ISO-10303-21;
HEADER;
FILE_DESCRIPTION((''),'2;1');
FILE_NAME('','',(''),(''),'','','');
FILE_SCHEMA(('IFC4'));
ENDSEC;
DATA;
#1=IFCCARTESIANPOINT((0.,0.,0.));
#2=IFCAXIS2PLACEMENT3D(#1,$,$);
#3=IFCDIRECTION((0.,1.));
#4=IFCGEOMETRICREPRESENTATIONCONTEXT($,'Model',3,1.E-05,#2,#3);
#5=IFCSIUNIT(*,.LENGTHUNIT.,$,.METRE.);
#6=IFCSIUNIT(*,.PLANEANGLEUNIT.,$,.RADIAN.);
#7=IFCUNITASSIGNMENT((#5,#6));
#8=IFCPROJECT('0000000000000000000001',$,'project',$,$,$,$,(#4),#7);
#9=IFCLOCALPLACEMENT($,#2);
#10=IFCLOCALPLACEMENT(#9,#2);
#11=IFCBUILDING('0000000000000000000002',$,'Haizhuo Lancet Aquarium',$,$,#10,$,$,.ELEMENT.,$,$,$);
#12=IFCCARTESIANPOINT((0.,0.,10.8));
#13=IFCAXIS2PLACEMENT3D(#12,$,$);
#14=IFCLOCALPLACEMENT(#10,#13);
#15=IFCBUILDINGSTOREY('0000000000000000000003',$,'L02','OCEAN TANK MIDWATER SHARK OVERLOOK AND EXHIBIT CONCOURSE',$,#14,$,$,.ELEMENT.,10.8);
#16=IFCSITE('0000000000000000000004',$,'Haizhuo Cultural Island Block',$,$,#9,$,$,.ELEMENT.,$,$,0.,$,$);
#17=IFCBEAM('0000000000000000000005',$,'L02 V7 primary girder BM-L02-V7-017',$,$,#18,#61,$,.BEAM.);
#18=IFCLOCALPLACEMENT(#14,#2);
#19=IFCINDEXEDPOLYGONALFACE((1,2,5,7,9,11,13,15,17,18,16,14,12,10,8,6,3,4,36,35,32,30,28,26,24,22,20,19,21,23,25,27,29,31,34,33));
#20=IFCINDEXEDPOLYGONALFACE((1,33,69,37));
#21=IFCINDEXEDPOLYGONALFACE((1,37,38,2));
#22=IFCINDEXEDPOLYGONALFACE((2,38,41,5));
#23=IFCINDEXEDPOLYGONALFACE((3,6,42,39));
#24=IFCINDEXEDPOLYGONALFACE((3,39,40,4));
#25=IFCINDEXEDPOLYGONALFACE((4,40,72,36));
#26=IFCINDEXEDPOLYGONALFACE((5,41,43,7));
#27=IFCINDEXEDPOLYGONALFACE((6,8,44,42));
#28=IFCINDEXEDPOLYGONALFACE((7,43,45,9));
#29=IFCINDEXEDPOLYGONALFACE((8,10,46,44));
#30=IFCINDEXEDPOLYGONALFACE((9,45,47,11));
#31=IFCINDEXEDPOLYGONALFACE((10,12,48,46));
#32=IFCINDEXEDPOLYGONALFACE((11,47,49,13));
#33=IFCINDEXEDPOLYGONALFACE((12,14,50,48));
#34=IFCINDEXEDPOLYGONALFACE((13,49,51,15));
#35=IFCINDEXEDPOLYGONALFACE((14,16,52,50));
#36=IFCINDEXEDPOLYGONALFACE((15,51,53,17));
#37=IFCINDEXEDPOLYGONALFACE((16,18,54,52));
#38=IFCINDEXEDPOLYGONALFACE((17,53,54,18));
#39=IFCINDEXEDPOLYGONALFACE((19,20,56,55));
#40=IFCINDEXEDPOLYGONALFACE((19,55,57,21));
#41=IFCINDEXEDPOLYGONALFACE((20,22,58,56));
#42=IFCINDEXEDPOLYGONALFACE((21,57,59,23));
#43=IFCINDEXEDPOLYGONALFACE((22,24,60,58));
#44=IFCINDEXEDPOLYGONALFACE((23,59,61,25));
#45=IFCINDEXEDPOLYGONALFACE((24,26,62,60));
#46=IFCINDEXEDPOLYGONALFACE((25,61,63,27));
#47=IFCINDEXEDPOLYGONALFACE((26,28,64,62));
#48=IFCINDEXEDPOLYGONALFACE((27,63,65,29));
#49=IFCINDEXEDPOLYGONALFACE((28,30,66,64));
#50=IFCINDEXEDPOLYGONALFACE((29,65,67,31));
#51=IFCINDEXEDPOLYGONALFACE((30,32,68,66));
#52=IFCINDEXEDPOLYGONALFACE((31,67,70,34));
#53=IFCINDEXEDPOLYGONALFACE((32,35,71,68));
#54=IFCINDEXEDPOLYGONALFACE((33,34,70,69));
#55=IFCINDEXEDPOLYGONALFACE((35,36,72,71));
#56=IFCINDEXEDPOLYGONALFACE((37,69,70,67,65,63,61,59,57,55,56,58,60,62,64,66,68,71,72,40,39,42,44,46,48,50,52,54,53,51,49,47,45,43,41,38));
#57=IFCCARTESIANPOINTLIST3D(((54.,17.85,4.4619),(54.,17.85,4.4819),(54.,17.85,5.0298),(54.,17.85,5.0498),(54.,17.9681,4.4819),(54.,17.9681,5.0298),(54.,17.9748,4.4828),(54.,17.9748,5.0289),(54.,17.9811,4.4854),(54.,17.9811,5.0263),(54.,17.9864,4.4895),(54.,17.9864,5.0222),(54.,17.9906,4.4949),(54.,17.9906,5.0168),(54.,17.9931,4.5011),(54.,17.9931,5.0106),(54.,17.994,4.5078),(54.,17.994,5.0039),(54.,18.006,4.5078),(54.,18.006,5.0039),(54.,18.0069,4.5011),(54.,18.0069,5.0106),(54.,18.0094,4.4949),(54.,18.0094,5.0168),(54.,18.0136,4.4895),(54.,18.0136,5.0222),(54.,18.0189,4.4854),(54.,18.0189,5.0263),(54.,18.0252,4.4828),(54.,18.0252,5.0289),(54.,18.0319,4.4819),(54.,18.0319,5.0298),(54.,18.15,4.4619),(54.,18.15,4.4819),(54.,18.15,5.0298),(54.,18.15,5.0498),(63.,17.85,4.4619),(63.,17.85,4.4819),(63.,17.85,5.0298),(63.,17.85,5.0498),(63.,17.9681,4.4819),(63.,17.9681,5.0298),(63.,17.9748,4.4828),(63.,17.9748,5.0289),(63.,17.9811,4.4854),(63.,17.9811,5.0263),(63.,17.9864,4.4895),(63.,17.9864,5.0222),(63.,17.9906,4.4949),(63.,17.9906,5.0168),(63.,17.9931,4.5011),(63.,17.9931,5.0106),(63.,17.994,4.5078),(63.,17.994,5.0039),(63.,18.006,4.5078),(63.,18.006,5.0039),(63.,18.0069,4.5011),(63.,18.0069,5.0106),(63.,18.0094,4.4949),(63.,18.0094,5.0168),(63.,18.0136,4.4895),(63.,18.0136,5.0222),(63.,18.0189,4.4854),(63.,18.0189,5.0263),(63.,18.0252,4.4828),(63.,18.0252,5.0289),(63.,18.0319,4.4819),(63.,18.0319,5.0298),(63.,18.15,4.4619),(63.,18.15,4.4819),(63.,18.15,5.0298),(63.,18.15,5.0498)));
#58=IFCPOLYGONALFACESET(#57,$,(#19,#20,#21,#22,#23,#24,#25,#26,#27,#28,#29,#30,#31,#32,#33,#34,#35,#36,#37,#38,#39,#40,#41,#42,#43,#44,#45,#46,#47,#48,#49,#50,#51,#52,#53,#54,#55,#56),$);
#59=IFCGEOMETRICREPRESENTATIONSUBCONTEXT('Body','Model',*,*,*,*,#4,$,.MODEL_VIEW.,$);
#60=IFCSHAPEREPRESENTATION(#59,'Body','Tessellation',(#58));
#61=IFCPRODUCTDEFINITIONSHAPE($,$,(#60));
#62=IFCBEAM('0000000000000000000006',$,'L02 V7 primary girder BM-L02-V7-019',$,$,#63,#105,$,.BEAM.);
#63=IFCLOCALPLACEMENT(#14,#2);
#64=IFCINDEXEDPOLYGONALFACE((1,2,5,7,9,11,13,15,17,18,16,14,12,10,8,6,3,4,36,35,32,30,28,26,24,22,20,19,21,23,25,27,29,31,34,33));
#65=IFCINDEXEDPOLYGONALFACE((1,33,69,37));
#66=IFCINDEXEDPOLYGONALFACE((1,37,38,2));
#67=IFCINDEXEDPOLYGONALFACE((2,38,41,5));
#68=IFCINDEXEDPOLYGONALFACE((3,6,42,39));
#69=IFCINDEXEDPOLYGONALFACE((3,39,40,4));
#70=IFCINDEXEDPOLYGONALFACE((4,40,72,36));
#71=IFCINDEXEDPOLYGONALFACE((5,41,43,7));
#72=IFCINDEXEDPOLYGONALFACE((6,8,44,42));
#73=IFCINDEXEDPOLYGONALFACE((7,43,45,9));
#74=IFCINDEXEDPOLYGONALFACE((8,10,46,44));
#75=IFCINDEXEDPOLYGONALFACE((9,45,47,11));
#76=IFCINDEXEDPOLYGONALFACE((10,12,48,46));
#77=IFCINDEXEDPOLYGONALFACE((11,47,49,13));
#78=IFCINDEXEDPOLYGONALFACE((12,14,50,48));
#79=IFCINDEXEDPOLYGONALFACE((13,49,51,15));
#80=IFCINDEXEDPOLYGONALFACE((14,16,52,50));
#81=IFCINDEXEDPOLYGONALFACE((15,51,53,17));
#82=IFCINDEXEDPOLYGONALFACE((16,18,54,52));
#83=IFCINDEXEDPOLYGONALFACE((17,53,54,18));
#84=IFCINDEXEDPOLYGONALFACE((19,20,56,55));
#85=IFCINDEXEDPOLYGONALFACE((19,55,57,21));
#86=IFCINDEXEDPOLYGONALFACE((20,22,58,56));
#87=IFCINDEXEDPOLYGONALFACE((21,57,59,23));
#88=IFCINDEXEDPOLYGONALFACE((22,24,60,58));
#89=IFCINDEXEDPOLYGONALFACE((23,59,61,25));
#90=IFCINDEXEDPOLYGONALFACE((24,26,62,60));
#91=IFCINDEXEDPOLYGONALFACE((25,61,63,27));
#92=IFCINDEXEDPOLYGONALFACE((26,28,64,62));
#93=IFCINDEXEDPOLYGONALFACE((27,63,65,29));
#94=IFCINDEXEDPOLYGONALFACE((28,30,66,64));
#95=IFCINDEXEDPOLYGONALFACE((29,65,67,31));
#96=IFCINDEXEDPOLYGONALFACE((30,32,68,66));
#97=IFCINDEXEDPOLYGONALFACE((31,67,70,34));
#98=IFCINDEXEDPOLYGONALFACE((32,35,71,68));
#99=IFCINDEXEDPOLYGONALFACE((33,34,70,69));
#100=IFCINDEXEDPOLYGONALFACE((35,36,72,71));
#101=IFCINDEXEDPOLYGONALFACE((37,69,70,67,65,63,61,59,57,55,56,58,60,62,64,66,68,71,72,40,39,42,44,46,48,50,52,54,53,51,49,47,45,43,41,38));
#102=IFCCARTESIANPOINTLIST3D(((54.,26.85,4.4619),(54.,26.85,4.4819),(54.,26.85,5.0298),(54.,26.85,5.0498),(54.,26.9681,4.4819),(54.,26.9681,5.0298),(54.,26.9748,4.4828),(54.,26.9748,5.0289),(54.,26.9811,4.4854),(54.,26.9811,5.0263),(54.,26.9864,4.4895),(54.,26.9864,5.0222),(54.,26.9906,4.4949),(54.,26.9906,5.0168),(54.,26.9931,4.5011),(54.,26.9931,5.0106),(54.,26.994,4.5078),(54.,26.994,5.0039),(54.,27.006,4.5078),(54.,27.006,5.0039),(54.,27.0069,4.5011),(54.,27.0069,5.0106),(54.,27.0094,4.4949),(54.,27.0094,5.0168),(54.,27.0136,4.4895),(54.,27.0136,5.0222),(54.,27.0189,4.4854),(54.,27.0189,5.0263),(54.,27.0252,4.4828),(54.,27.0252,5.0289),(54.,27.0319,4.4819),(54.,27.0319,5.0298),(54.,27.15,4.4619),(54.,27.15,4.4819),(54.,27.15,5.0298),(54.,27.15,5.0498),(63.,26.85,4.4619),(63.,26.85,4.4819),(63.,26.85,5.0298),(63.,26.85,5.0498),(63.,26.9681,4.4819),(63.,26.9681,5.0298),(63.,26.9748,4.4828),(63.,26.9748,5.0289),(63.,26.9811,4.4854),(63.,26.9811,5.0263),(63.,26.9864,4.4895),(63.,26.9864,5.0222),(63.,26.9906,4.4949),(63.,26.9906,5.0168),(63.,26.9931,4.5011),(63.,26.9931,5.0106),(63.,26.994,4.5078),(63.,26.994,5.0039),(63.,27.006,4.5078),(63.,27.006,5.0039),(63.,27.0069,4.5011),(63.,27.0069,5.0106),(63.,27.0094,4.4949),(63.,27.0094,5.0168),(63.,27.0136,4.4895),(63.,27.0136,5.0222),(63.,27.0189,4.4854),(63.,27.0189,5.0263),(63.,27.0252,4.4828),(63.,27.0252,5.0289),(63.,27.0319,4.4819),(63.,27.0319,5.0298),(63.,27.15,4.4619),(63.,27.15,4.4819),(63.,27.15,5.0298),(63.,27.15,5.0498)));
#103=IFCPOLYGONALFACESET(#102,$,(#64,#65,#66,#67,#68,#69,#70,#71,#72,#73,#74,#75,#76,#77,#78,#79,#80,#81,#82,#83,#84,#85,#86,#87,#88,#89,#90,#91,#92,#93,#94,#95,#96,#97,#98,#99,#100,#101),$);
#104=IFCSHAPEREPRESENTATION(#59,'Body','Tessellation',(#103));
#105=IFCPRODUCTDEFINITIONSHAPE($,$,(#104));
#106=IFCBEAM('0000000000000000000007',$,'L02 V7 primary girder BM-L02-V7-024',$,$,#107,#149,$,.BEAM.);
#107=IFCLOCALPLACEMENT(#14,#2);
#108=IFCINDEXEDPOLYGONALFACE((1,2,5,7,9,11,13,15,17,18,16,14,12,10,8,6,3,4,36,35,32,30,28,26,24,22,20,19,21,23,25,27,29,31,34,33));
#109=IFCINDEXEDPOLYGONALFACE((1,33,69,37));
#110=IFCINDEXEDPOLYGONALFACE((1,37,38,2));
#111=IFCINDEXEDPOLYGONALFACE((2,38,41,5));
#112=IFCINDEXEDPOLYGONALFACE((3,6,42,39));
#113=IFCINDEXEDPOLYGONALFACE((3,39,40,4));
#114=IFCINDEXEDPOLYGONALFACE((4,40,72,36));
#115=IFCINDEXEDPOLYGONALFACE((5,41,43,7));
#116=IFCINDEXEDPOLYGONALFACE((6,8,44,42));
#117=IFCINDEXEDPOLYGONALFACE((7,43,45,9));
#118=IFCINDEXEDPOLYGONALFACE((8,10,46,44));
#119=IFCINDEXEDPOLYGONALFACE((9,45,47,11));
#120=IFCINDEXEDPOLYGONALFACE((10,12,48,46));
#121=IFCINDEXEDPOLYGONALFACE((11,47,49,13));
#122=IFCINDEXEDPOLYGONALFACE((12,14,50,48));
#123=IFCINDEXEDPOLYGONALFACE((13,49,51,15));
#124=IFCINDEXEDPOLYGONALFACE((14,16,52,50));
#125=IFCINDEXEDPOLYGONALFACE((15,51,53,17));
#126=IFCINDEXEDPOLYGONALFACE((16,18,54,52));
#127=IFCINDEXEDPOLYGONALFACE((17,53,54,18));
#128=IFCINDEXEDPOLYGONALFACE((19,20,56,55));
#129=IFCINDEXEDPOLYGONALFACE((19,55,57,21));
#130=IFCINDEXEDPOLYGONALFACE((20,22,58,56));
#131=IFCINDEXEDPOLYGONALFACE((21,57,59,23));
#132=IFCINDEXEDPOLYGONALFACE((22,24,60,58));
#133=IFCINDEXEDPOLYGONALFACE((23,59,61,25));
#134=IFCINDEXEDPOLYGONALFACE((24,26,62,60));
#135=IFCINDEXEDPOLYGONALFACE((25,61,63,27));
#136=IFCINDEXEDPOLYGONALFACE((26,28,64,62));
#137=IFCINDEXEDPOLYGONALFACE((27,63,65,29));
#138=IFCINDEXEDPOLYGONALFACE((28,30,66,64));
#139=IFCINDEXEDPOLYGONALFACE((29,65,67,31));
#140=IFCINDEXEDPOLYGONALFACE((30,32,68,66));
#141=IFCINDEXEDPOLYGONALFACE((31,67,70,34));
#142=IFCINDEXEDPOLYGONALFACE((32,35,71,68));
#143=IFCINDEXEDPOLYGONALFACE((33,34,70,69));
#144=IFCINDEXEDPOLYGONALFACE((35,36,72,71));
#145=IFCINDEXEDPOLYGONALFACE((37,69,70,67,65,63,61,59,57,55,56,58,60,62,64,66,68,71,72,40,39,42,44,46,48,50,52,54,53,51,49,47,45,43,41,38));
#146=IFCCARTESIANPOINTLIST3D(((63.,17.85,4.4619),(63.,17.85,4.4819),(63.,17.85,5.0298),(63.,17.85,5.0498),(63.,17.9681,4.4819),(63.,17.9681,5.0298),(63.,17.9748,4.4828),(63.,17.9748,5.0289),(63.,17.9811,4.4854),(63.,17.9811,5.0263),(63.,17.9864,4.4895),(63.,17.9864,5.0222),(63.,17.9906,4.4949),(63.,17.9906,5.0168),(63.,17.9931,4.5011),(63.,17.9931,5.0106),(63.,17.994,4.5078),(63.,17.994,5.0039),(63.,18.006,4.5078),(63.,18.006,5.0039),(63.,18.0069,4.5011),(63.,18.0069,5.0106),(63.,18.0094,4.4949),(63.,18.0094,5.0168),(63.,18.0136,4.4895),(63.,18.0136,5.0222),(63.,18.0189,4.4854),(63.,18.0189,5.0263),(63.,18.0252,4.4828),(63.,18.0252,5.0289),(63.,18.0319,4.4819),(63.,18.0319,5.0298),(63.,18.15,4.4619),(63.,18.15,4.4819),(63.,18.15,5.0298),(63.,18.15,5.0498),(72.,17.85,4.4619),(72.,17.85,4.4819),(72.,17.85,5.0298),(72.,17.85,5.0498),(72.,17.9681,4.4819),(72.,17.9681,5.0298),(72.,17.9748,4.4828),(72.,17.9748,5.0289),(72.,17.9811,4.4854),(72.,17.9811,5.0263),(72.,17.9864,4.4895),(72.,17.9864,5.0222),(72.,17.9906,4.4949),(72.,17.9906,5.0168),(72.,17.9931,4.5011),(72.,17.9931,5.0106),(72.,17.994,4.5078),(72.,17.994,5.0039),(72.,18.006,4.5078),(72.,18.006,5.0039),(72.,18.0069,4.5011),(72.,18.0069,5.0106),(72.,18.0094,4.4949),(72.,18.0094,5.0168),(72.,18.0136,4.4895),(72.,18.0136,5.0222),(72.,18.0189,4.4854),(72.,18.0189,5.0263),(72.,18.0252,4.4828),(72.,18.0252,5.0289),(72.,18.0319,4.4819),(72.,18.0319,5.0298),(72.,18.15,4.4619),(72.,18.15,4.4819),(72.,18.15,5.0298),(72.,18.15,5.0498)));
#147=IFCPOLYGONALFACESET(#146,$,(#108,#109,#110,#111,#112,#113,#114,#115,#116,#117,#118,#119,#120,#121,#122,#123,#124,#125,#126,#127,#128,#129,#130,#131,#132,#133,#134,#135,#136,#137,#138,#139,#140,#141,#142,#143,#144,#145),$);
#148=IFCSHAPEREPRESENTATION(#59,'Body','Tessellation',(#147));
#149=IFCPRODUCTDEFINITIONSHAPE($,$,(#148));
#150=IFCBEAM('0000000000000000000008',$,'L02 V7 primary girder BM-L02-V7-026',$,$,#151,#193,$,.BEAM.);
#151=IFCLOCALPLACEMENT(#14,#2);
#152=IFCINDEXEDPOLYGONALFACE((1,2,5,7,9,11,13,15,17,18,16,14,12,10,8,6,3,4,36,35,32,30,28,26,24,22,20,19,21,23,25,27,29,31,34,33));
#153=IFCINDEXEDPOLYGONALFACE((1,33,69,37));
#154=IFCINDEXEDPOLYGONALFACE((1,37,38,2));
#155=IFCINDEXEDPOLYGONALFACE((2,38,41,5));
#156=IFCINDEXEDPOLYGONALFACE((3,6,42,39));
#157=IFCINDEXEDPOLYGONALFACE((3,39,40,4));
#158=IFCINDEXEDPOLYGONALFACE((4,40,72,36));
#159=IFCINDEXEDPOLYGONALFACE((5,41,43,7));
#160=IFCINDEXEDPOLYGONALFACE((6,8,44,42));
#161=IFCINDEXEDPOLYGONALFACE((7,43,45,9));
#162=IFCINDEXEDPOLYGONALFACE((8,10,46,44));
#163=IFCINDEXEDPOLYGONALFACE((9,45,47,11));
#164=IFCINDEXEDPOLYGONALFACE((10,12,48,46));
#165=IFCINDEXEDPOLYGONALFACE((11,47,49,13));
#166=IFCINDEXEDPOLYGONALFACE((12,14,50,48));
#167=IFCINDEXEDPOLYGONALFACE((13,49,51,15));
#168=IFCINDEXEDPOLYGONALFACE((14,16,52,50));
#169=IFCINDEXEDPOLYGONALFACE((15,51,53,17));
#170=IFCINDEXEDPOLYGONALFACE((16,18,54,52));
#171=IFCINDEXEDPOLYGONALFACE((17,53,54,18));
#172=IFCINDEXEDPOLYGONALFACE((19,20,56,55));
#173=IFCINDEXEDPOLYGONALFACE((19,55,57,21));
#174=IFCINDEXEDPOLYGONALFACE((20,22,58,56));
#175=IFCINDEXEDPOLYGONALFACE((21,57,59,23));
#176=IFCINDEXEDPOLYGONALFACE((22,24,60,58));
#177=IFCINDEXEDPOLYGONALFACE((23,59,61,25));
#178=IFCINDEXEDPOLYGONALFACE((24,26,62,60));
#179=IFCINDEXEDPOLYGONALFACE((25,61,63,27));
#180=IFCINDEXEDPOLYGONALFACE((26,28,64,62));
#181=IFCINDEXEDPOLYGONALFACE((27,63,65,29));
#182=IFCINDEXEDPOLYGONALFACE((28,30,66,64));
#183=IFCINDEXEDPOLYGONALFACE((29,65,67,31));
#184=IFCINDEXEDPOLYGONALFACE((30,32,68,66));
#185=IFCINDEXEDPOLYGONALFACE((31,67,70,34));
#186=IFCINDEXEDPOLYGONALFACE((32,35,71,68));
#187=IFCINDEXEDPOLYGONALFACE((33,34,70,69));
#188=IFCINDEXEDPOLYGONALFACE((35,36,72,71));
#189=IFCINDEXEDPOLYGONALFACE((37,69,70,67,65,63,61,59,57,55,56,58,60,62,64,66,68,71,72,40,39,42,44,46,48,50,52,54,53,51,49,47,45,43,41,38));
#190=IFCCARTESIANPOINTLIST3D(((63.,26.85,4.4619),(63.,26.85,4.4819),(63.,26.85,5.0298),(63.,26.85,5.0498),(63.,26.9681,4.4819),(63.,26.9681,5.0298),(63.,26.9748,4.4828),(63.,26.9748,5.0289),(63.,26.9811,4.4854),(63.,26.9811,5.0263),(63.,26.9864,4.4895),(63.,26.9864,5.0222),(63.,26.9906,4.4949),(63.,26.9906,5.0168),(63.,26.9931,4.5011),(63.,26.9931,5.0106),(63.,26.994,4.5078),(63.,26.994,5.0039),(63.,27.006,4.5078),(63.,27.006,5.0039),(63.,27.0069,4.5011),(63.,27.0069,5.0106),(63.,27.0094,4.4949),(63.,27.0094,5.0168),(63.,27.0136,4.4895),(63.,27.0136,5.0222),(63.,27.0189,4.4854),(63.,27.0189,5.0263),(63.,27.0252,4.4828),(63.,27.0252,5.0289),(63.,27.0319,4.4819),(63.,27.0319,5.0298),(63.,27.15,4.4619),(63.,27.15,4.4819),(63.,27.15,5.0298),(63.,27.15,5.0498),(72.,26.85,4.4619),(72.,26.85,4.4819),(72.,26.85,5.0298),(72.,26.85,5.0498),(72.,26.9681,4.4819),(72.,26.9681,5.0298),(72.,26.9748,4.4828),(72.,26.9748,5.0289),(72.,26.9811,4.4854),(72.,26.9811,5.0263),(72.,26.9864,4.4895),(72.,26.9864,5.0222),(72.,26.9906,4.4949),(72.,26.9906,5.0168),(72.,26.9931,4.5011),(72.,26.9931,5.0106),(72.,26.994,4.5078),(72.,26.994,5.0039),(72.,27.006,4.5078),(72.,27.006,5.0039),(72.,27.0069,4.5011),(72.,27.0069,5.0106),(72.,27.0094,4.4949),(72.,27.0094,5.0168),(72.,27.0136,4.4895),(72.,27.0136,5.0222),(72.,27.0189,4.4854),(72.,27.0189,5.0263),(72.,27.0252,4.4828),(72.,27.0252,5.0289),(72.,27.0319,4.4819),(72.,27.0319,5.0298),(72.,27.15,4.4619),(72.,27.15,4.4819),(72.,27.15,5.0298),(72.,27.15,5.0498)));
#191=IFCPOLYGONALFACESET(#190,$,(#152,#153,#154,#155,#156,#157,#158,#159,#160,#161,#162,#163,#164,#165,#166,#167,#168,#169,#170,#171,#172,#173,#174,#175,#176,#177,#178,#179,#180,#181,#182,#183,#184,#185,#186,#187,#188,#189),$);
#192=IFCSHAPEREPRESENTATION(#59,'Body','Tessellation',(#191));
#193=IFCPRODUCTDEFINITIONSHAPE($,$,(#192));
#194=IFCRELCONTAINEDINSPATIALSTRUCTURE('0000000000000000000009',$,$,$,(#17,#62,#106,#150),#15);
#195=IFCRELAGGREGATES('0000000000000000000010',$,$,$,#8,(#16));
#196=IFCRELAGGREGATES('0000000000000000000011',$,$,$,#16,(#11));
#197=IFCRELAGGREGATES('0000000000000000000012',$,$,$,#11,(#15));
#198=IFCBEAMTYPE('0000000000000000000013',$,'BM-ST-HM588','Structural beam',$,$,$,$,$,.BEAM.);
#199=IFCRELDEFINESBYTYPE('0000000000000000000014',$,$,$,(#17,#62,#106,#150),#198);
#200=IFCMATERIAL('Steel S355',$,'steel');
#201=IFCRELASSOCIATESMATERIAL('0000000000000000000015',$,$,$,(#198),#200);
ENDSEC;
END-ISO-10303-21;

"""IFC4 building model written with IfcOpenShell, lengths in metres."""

from ifc_helpers import new_model, si_unit, direction, frame, origin, origin_2d, place, context, subcontext, project, spatial, i_section, extrude, material, material_profile, profile_set, type_object, element, save


model = new_model("IFC4")

# Units and contexts
model_context = context("Model", 3, precision=1e-05, world=origin(), true_north=direction((0.0, 1.0)))
body_context = subcontext(model_context, "Body", "Model", "MODEL_VIEW")
ifc_project = project(units=[si_unit("LENGTHUNIT", "METRE"), si_unit("PLANEANGLEUNIT", "RADIAN")], contexts=[model_context])

# Site, building, storey
site_placement = place(None, origin())
site = spatial("IfcSite", under=ifc_project, at=site_placement, Name="Haizhuo Cultural Island Block", CompositionType="ELEMENT", RefElevation=0.0)
building_placement = place(site_placement, origin())
building = spatial("IfcBuilding", under=site, at=building_placement, Name="Haizhuo Lancet Aquarium", CompositionType="ELEMENT")
storey_placement = place(building_placement, frame((0.0, 0.0, 10.8)))
storey = spatial("IfcBuildingStorey", under=building, at=storey_placement, Name="L02", Description="OCEAN TANK MIDWATER SHARK OVERLOOK AND EXHIBIT CONCOURSE", CompositionType="ELEMENT", Elevation=10.8)

# Shared definitions
ifc_material_1 = material(Name="Steel S355", Category="steel")

# Beams
ifc_material_profile_1 = material_profile(ifc_material_1, i_section(OverallWidth=0.3, OverallDepth=0.5879, WebThickness=0.012, FlangeThickness=0.02, FilletRadius=0.0259, at=origin_2d()), Name="HM 588x300x12x20")
ifc_profile_set_1 = profile_set([ifc_material_profile_1], Name="Steel S355")
beam_type_1 = type_object("IfcBeamType", Name="BM-ST-HM588", Description="Structural beam", PredefinedType="BEAM", material=ifc_profile_set_1)
for number, where, z_axis, x_axis, name in (
    (1, (54.0, 18.0, 4.7559), (1.0, 0.0, 0.0), (0.0, 1.0, 0.0), "L02 V7 primary girder BM-L02-V7-017"),
    (2, (54.0, 27.0, 4.7559), (1.0, 0.0, 0.0), (0.0, 1.0, 0.0), "L02 V7 primary girder BM-L02-V7-019"),
    (3, (63.0, 18.0, 4.7559), (1.0, 0.0, 0.0), (0.0, 1.0, 0.0), "L02 V7 primary girder BM-L02-V7-024"),
    (4, (63.0, 27.0, 4.7559), (1.0, 0.0, 0.0), (0.0, 1.0, 0.0), "L02 V7 primary girder BM-L02-V7-026"),
):
    element("IfcBeam", number, at=place(storey_placement, frame(where, z_axis=z_axis, x_axis=x_axis)), inside=storey, type_object=beam_type_1, Name=name, PredefinedType="BEAM", context=body_context, shape_type="SweptSolid", body=[
        extrude(i_section(OverallWidth=0.3, OverallDepth=0.5879, WebThickness=0.012, FlangeThickness=0.02, FilletRadius=0.0259, at=origin_2d()), origin(), (0.0, 0.0, 1.0), 9.0),
    ])

save(model, "model.ifc")
